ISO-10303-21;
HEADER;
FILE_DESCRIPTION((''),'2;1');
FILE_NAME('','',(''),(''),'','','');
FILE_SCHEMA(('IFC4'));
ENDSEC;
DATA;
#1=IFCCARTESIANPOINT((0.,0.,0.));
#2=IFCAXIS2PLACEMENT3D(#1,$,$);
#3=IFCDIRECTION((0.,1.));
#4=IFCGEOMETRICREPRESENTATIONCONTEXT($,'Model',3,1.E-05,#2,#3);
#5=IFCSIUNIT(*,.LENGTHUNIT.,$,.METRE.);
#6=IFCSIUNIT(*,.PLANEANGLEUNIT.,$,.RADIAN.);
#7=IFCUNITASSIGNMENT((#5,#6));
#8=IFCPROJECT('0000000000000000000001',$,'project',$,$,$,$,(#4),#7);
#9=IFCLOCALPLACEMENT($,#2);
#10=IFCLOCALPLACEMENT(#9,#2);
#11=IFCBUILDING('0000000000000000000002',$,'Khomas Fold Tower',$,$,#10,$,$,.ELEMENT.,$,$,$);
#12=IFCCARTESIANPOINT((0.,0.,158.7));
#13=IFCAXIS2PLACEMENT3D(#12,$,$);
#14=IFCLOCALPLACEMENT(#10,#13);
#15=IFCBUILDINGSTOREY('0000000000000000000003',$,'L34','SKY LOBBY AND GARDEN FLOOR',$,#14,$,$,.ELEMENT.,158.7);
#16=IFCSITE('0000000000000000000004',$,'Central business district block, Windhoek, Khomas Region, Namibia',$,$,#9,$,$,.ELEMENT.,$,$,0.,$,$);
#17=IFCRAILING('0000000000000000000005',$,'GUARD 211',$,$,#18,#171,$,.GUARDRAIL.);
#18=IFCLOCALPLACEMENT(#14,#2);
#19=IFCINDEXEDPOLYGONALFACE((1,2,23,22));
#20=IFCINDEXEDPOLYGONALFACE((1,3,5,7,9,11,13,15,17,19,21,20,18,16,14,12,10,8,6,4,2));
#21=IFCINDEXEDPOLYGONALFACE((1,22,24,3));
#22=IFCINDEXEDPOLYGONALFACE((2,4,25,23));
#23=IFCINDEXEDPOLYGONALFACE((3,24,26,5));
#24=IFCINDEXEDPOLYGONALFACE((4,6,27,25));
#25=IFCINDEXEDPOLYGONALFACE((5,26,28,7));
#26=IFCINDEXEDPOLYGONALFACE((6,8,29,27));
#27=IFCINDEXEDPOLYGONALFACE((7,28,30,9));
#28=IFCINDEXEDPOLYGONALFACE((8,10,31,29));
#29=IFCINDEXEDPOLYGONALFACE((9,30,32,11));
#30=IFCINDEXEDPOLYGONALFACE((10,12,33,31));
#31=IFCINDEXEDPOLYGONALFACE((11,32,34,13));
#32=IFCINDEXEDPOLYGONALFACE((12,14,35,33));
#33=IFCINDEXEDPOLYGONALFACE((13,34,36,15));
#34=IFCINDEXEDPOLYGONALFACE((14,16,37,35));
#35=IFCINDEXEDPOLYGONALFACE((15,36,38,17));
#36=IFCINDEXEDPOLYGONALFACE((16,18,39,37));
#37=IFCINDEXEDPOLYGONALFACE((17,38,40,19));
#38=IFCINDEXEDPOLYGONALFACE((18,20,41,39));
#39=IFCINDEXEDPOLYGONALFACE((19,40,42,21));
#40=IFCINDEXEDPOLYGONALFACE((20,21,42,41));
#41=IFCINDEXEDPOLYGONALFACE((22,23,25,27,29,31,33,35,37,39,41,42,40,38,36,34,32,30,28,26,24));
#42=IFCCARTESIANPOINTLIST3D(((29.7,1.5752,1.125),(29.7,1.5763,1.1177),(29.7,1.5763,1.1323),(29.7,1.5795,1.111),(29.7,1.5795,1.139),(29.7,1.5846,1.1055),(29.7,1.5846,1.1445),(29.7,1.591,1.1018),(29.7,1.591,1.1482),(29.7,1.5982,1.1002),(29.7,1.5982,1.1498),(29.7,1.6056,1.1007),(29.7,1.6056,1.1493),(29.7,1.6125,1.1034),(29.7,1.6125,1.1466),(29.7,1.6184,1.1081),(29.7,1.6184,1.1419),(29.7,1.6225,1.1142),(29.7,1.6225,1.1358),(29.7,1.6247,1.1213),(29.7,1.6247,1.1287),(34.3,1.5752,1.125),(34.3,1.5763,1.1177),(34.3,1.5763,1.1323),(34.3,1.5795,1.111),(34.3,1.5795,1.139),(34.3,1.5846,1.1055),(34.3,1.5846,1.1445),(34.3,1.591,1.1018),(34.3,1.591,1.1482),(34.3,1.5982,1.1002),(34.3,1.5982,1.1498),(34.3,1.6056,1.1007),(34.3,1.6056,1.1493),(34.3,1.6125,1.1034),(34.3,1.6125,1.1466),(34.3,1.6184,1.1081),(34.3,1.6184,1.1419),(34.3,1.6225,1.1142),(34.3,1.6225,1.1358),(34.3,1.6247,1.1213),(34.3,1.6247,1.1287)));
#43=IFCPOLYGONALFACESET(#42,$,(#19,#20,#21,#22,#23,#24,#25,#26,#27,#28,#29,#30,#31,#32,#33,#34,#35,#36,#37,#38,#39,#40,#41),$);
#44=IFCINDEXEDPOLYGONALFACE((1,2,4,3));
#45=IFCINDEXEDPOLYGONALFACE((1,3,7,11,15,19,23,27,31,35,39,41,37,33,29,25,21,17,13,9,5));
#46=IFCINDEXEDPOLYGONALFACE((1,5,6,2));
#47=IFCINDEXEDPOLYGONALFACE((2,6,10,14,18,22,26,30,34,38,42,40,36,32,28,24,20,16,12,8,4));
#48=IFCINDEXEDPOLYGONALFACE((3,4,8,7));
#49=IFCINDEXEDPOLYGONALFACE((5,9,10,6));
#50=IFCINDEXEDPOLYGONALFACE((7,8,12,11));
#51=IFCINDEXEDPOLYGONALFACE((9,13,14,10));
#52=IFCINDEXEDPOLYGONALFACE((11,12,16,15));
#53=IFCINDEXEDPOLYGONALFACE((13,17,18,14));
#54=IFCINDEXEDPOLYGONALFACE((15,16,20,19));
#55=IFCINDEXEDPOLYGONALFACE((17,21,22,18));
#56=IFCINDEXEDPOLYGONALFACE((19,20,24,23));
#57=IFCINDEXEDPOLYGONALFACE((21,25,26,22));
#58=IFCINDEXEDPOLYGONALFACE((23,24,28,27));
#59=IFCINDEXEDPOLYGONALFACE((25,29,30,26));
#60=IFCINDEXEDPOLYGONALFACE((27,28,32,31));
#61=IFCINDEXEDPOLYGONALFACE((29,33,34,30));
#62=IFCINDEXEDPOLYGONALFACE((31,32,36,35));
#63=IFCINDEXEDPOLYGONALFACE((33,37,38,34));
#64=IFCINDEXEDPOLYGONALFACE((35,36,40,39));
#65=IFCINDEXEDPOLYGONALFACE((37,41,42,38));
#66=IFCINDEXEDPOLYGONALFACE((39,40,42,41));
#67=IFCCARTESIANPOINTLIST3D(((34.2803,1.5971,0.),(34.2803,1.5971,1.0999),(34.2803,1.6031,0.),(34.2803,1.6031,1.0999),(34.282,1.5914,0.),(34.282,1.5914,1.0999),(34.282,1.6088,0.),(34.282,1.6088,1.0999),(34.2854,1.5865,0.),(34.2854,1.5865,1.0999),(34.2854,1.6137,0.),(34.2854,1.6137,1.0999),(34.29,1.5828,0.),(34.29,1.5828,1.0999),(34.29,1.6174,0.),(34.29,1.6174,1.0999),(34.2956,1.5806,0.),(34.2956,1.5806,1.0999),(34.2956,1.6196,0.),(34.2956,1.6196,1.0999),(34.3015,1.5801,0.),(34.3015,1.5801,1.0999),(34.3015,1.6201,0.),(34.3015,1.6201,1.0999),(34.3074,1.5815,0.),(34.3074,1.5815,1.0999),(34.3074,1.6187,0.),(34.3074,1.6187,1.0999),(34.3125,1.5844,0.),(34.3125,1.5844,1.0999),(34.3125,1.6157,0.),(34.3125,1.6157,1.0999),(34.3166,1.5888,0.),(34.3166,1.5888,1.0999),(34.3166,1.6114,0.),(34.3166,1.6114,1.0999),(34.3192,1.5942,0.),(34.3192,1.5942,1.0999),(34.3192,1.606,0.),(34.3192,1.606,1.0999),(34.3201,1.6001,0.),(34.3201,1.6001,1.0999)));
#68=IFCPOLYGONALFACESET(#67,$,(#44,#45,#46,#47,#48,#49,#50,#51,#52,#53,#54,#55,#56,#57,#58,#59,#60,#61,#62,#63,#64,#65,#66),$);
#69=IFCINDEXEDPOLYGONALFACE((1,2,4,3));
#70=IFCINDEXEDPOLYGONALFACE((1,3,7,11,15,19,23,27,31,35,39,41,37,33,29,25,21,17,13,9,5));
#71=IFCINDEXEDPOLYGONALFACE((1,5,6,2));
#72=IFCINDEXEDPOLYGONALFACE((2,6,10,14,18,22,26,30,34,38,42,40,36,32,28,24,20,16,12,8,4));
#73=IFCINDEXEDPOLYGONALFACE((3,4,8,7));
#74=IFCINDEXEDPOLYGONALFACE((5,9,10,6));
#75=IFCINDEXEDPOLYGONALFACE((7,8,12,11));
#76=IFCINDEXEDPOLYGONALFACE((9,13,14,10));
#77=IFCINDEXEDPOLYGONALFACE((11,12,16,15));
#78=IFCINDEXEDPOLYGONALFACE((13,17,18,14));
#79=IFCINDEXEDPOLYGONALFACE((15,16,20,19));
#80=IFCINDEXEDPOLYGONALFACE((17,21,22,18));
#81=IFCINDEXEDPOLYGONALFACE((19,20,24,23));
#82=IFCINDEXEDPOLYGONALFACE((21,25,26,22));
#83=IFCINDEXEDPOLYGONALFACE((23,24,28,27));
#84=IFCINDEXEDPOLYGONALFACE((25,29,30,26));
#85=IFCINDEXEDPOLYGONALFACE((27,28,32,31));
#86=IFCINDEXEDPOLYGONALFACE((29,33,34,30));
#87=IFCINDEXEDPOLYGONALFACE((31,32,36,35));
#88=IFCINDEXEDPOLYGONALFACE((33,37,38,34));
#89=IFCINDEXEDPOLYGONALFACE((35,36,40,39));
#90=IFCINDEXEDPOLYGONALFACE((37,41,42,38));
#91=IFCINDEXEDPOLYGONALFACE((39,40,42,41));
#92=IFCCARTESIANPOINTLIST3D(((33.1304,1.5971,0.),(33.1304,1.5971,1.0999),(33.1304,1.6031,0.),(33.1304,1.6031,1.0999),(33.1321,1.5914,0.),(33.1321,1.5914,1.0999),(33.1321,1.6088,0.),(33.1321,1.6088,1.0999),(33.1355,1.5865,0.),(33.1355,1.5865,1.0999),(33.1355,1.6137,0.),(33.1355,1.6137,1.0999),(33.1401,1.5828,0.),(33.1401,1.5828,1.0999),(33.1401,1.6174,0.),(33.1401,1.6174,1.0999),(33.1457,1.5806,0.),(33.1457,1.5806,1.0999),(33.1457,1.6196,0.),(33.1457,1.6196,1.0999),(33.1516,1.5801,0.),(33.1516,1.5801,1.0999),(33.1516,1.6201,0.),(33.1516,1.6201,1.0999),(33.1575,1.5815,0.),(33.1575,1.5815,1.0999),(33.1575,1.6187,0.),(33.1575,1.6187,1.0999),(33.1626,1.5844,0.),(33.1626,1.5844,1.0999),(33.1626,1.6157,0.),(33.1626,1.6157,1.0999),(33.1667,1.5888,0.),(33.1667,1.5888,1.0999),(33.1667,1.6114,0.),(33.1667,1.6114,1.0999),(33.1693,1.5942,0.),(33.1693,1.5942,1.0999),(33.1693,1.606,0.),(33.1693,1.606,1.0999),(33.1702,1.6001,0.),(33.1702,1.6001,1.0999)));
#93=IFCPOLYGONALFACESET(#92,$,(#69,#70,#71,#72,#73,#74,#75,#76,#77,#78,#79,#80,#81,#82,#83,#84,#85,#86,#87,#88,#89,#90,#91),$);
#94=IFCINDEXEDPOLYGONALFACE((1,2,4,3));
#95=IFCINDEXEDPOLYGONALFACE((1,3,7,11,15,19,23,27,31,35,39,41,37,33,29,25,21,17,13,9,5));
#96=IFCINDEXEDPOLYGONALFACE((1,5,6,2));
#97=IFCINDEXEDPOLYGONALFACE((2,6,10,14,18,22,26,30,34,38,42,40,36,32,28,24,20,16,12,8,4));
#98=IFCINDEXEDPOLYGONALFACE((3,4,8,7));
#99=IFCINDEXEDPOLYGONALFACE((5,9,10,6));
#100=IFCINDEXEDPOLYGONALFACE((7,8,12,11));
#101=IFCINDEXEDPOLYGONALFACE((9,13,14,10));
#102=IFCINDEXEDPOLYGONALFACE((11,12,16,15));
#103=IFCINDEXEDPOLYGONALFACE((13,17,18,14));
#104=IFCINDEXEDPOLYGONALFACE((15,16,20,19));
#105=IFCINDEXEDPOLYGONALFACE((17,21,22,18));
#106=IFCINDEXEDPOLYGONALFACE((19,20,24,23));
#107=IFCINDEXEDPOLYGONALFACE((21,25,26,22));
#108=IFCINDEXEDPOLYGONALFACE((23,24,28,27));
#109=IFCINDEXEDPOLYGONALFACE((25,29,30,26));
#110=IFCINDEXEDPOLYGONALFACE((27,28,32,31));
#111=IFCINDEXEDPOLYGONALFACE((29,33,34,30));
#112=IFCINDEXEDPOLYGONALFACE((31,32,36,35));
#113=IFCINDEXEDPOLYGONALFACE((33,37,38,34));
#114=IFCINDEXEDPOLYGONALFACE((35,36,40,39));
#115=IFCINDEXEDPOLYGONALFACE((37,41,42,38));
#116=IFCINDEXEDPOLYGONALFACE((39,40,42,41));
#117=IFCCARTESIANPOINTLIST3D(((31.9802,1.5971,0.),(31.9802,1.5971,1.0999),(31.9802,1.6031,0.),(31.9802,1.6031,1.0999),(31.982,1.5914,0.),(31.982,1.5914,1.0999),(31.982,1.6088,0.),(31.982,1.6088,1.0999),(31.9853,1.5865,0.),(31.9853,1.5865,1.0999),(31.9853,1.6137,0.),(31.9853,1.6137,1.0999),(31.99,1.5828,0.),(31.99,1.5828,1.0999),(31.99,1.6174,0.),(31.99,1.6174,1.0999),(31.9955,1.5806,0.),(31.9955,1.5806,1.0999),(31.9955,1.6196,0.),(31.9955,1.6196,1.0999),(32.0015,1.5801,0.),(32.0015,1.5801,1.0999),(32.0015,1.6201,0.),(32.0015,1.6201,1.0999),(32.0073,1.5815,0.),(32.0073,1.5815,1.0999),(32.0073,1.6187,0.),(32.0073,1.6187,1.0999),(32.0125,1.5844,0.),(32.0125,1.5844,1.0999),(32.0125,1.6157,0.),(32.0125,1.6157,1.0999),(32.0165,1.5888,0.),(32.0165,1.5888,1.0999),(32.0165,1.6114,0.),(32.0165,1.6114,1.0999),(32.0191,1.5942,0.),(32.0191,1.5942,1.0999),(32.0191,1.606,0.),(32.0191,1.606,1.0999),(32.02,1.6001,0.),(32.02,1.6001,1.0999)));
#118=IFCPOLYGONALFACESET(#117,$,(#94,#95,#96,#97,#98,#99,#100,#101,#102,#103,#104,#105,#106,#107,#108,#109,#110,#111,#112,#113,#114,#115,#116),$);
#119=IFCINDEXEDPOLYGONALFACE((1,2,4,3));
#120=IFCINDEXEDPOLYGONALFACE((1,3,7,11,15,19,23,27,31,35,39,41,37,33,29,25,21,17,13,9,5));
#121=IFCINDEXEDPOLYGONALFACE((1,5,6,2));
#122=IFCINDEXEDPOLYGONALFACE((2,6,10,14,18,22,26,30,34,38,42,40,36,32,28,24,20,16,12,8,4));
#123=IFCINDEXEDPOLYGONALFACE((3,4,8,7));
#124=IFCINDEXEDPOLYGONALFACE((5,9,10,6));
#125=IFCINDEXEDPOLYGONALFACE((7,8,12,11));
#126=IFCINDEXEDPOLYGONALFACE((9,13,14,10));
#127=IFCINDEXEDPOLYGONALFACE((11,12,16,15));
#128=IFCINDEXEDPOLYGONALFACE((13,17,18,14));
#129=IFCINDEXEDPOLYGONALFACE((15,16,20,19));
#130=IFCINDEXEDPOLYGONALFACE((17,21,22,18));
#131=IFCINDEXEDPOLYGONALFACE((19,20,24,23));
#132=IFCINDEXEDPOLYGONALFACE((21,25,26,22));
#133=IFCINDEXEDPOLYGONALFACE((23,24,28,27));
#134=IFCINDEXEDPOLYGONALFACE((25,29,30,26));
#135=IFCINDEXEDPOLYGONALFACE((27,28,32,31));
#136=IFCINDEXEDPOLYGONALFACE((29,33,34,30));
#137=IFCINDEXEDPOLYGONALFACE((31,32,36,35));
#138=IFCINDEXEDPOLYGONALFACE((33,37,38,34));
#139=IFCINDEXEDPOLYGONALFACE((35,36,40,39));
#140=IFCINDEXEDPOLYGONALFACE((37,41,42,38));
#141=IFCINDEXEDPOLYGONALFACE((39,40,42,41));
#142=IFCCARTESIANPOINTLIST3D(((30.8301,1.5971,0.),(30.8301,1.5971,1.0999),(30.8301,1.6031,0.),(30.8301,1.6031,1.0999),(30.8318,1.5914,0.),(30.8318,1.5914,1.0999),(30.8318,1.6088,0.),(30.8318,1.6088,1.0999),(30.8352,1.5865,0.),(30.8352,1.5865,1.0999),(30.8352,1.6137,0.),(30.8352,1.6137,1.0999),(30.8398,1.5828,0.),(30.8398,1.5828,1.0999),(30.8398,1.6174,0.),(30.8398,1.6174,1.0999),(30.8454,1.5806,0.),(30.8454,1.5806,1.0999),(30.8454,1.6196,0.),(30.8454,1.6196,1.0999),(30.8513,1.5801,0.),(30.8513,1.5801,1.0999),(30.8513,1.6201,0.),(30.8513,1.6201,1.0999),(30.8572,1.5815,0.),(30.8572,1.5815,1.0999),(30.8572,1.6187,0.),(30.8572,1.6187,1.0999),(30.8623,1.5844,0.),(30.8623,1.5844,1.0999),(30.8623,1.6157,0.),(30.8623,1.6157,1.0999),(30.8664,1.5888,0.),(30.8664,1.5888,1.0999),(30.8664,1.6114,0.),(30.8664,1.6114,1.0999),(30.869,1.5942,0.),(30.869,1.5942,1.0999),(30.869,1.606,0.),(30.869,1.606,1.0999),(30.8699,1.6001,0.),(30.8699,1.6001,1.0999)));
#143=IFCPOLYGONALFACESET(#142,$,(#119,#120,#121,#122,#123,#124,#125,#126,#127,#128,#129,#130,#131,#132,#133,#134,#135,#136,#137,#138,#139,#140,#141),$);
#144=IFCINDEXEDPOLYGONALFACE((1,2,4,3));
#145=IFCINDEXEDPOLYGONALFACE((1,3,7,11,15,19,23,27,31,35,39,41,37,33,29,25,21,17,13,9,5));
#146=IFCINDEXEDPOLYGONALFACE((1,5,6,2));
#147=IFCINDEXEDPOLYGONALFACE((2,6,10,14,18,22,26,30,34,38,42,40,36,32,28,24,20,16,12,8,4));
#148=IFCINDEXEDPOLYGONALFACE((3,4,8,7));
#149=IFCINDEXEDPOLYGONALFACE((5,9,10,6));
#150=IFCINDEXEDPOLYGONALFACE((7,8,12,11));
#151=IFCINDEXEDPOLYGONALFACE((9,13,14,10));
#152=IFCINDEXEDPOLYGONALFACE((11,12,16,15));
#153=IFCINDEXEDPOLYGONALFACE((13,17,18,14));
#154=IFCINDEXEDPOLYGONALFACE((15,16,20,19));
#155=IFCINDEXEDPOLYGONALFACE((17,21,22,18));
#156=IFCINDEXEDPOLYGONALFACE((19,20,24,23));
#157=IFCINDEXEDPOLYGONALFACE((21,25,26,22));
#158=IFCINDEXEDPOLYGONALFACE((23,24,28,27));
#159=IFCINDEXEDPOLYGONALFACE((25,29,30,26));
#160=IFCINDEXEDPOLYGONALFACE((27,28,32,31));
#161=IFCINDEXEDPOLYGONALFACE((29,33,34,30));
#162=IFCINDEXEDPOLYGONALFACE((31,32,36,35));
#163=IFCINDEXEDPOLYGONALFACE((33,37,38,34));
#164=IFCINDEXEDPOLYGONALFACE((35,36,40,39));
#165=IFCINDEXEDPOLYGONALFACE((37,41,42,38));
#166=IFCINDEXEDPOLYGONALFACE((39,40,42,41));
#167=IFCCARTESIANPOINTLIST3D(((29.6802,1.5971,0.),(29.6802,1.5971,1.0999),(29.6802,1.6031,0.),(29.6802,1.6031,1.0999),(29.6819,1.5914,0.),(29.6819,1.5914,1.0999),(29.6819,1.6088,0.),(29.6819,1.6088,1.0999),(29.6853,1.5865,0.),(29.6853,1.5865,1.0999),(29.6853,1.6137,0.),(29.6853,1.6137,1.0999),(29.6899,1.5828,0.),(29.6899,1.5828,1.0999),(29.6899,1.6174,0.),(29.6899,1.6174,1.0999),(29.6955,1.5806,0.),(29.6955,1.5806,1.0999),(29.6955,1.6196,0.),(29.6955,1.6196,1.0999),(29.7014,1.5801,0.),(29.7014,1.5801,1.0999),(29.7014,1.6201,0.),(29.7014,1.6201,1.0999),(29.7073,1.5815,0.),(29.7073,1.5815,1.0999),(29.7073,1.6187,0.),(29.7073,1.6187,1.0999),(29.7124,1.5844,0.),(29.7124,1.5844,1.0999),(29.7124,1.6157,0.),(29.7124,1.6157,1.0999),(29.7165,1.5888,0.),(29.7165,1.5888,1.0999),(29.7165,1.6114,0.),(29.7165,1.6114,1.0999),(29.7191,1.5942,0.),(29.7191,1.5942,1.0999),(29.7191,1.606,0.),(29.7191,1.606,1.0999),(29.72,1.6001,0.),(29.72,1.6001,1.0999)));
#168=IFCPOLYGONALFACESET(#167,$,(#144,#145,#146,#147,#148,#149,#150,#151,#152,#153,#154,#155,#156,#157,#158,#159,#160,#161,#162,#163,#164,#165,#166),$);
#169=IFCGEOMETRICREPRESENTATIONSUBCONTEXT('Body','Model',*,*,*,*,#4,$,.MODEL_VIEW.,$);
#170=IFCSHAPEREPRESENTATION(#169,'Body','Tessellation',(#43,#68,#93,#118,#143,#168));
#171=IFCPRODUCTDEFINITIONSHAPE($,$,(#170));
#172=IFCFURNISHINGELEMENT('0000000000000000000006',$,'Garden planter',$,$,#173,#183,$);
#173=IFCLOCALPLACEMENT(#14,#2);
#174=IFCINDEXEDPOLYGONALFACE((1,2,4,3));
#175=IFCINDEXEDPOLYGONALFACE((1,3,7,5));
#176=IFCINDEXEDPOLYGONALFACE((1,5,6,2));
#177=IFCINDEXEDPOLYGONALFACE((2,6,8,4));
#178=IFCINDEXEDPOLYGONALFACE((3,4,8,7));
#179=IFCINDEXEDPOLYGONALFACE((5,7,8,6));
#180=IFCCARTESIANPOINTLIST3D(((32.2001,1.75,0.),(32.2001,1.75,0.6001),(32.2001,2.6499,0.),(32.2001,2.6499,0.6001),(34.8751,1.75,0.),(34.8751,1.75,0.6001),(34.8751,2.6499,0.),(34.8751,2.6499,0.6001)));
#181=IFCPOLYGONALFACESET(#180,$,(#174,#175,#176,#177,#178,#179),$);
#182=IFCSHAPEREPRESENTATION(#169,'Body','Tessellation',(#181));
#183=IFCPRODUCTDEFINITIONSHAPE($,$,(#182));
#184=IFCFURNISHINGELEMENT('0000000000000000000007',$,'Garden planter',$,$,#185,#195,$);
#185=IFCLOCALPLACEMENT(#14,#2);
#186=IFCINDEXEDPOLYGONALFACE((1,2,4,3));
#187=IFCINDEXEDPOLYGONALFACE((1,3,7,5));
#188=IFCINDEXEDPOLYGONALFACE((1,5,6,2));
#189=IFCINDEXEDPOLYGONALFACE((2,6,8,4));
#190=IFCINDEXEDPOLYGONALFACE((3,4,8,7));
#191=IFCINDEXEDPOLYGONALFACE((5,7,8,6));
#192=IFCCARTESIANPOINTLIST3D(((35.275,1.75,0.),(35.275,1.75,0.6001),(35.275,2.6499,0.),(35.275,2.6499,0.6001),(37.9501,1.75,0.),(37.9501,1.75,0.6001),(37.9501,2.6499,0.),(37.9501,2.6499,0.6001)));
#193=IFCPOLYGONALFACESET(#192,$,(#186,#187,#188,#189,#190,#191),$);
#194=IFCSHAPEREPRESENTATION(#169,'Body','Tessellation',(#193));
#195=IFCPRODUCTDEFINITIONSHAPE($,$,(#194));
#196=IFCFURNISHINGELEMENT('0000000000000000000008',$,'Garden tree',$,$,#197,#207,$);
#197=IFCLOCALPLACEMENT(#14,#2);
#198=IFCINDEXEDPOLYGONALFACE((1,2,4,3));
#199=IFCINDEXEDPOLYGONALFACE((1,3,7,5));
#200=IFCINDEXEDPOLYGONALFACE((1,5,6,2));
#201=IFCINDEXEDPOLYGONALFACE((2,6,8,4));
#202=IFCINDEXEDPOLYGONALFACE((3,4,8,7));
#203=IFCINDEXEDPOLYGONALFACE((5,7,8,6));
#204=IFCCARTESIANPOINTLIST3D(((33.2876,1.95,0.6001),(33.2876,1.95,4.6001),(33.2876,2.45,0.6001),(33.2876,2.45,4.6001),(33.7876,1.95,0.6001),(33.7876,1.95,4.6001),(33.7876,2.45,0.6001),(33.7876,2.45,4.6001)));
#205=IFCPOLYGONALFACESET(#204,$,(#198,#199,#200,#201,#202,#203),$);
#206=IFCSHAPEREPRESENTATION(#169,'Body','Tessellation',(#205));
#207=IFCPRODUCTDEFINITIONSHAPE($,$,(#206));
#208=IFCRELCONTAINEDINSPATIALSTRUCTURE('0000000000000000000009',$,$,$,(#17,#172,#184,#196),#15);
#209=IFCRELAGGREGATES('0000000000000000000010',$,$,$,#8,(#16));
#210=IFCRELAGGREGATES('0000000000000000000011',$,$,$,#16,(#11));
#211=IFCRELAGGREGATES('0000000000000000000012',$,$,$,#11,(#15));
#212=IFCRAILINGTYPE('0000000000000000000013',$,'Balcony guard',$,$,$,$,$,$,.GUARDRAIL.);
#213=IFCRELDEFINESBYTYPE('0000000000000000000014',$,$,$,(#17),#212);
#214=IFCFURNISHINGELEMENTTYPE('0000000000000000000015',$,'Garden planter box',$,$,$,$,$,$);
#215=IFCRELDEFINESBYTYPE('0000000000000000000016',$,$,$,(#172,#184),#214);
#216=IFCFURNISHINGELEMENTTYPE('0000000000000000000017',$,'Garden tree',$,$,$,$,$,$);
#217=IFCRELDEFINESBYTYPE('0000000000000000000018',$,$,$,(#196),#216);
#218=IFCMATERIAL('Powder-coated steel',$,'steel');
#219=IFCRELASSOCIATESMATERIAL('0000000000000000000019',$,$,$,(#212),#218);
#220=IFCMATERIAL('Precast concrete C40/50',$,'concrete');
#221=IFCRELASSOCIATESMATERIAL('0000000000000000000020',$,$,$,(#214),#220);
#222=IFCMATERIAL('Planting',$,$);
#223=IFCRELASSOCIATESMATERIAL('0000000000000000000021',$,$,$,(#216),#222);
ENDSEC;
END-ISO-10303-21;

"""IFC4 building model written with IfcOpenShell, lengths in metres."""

from ifc_helpers import new_model, si_unit, direction, frame, origin, origin_2d, place, context, subcontext, project, spatial, rectangle, circle, extrude, source, transform, mapped, material, type_object, element, save


model = new_model("IFC4")

# Units and contexts
model_context = context("Model", 3, precision=1e-05, world=origin(), true_north=direction((0.0, 1.0)))
body_context = subcontext(model_context, "Body", "Model", "MODEL_VIEW")
ifc_project = project(units=[si_unit("LENGTHUNIT", "METRE"), si_unit("PLANEANGLEUNIT", "RADIAN")], contexts=[model_context])

# Site, building, storey
site_placement = place(None, origin())
site = spatial("IfcSite", under=ifc_project, at=site_placement, Name="Central business district block, Windhoek, Khomas Region, Namibia", CompositionType="ELEMENT", RefElevation=0.0)
building_placement = place(site_placement, origin())
building = spatial("IfcBuilding", under=site, at=building_placement, Name="Khomas Fold Tower", CompositionType="ELEMENT")
storey_placement = place(building_placement, frame((0.0, 0.0, 158.7)))
storey = spatial("IfcBuildingStorey", under=building, at=storey_placement, Name="L34", Description="SKY LOBBY AND GARDEN FLOOR", CompositionType="ELEMENT", Elevation=158.7)

# Railing
ifc_material_1 = material(Name="Powder-coated steel", Category="steel")
railing_type = type_object("IfcRailingType", Name="Balcony guard", PredefinedType="GUARDRAIL", material=ifc_material_1)
shared_shape_1 = source(origin(), body_context, "Body", "SweptSolid", [
    extrude(circle(Radius=0.0249, at=origin_2d()), frame((0.0, 0.0, 1.125), z_axis=(-1.0, 0.0, 0.0), x_axis=(0.0, -1.0, 0.0)), (0.0, 0.0, 1.0), 4.6001),
    extrude(circle(Radius=0.02, at=origin_2d()), origin(), (0.0, 0.0, 1.0), 1.0999),
    extrude(circle(Radius=0.02, at=origin_2d()), frame((-1.1499, 0.0, 0.0)), (0.0, 0.0, 1.0), 1.0999),
    extrude(circle(Radius=0.02, at=origin_2d()), frame((-2.3, 0.0, 0.0)), (0.0, 0.0, 1.0), 1.0999),
    extrude(circle(Radius=0.02, at=origin_2d()), frame((-3.4502, 0.0, 0.0)), (0.0, 0.0, 1.0), 1.0999),
    extrude(circle(Radius=0.02, at=origin_2d()), frame((-4.6001, 0.0, 0.0)), (0.0, 0.0, 1.0), 1.0999),
])
railing_1_placement = place(storey_placement, frame((34.3, 1.6001, 0.0)))
element("IfcRailing", 1, at=railing_1_placement, inside=storey, type_object=railing_type, Name="GUARD 211", PredefinedType="GUARDRAIL", context=body_context, shape_type="MappedRepresentation", body=[
    mapped(shared_shape_1, transform((0.0, 0.0, 0.0))),
])

# Furnishing elements
ifc_material_2 = material(Name="Precast concrete C40/50", Category="concrete")
furnishing_element_type_1 = type_object("IfcFurnishingElementType", Name="Garden planter box", material=ifc_material_2)
shared_shape_2 = source(origin(), body_context, "Body", "SweptSolid", [
    extrude(rectangle(XDim=2.675, YDim=0.8999, at=origin_2d()), origin(), (0.0, 0.0, 1.0), 0.6001),
])
for number, where, z_axis, x_axis, name in (
    (2, (33.5376, 2.2, 0.0), (0.0, 0.0, 1.0), (1.0, 0.0, 0.0), "Garden planter"),
    (3, (36.6125, 2.2, 0.0), (0.0, 0.0, 1.0), (1.0, 0.0, 0.0), "Garden planter"),
):
    element("IfcFurnishingElement", number, at=place(storey_placement, frame(where, z_axis=z_axis, x_axis=x_axis)), inside=storey, type_object=furnishing_element_type_1, Name=name, context=body_context, shape_type="MappedRepresentation", body=[
        mapped(shared_shape_2, transform((0.0, 0.0, 0.0))),
    ])
ifc_material_3 = material(Name="Planting")
furnishing_element_type_2 = type_object("IfcFurnishingElementType", Name="Garden tree", material=ifc_material_3)
shared_shape_3 = source(origin(), body_context, "Body", "SweptSolid", [
    extrude(rectangle(XDim=0.5, YDim=0.5, at=origin_2d()), origin(), (0.0, 0.0, 1.0), 4.0),
])
for number, where, z_axis, x_axis, name in (
    (4, (33.5376, 2.2, 0.6001), (0.0, 0.0, 1.0), (1.0, 0.0, 0.0), "Garden tree"),
):
    element("IfcFurnishingElement", number, at=place(storey_placement, frame(where, z_axis=z_axis, x_axis=x_axis)), inside=storey, type_object=furnishing_element_type_2, Name=name, context=body_context, shape_type="MappedRepresentation", body=[
        mapped(shared_shape_3, transform((0.0, 0.0, 0.0))),
    ])

save(model, "model.ifc")
